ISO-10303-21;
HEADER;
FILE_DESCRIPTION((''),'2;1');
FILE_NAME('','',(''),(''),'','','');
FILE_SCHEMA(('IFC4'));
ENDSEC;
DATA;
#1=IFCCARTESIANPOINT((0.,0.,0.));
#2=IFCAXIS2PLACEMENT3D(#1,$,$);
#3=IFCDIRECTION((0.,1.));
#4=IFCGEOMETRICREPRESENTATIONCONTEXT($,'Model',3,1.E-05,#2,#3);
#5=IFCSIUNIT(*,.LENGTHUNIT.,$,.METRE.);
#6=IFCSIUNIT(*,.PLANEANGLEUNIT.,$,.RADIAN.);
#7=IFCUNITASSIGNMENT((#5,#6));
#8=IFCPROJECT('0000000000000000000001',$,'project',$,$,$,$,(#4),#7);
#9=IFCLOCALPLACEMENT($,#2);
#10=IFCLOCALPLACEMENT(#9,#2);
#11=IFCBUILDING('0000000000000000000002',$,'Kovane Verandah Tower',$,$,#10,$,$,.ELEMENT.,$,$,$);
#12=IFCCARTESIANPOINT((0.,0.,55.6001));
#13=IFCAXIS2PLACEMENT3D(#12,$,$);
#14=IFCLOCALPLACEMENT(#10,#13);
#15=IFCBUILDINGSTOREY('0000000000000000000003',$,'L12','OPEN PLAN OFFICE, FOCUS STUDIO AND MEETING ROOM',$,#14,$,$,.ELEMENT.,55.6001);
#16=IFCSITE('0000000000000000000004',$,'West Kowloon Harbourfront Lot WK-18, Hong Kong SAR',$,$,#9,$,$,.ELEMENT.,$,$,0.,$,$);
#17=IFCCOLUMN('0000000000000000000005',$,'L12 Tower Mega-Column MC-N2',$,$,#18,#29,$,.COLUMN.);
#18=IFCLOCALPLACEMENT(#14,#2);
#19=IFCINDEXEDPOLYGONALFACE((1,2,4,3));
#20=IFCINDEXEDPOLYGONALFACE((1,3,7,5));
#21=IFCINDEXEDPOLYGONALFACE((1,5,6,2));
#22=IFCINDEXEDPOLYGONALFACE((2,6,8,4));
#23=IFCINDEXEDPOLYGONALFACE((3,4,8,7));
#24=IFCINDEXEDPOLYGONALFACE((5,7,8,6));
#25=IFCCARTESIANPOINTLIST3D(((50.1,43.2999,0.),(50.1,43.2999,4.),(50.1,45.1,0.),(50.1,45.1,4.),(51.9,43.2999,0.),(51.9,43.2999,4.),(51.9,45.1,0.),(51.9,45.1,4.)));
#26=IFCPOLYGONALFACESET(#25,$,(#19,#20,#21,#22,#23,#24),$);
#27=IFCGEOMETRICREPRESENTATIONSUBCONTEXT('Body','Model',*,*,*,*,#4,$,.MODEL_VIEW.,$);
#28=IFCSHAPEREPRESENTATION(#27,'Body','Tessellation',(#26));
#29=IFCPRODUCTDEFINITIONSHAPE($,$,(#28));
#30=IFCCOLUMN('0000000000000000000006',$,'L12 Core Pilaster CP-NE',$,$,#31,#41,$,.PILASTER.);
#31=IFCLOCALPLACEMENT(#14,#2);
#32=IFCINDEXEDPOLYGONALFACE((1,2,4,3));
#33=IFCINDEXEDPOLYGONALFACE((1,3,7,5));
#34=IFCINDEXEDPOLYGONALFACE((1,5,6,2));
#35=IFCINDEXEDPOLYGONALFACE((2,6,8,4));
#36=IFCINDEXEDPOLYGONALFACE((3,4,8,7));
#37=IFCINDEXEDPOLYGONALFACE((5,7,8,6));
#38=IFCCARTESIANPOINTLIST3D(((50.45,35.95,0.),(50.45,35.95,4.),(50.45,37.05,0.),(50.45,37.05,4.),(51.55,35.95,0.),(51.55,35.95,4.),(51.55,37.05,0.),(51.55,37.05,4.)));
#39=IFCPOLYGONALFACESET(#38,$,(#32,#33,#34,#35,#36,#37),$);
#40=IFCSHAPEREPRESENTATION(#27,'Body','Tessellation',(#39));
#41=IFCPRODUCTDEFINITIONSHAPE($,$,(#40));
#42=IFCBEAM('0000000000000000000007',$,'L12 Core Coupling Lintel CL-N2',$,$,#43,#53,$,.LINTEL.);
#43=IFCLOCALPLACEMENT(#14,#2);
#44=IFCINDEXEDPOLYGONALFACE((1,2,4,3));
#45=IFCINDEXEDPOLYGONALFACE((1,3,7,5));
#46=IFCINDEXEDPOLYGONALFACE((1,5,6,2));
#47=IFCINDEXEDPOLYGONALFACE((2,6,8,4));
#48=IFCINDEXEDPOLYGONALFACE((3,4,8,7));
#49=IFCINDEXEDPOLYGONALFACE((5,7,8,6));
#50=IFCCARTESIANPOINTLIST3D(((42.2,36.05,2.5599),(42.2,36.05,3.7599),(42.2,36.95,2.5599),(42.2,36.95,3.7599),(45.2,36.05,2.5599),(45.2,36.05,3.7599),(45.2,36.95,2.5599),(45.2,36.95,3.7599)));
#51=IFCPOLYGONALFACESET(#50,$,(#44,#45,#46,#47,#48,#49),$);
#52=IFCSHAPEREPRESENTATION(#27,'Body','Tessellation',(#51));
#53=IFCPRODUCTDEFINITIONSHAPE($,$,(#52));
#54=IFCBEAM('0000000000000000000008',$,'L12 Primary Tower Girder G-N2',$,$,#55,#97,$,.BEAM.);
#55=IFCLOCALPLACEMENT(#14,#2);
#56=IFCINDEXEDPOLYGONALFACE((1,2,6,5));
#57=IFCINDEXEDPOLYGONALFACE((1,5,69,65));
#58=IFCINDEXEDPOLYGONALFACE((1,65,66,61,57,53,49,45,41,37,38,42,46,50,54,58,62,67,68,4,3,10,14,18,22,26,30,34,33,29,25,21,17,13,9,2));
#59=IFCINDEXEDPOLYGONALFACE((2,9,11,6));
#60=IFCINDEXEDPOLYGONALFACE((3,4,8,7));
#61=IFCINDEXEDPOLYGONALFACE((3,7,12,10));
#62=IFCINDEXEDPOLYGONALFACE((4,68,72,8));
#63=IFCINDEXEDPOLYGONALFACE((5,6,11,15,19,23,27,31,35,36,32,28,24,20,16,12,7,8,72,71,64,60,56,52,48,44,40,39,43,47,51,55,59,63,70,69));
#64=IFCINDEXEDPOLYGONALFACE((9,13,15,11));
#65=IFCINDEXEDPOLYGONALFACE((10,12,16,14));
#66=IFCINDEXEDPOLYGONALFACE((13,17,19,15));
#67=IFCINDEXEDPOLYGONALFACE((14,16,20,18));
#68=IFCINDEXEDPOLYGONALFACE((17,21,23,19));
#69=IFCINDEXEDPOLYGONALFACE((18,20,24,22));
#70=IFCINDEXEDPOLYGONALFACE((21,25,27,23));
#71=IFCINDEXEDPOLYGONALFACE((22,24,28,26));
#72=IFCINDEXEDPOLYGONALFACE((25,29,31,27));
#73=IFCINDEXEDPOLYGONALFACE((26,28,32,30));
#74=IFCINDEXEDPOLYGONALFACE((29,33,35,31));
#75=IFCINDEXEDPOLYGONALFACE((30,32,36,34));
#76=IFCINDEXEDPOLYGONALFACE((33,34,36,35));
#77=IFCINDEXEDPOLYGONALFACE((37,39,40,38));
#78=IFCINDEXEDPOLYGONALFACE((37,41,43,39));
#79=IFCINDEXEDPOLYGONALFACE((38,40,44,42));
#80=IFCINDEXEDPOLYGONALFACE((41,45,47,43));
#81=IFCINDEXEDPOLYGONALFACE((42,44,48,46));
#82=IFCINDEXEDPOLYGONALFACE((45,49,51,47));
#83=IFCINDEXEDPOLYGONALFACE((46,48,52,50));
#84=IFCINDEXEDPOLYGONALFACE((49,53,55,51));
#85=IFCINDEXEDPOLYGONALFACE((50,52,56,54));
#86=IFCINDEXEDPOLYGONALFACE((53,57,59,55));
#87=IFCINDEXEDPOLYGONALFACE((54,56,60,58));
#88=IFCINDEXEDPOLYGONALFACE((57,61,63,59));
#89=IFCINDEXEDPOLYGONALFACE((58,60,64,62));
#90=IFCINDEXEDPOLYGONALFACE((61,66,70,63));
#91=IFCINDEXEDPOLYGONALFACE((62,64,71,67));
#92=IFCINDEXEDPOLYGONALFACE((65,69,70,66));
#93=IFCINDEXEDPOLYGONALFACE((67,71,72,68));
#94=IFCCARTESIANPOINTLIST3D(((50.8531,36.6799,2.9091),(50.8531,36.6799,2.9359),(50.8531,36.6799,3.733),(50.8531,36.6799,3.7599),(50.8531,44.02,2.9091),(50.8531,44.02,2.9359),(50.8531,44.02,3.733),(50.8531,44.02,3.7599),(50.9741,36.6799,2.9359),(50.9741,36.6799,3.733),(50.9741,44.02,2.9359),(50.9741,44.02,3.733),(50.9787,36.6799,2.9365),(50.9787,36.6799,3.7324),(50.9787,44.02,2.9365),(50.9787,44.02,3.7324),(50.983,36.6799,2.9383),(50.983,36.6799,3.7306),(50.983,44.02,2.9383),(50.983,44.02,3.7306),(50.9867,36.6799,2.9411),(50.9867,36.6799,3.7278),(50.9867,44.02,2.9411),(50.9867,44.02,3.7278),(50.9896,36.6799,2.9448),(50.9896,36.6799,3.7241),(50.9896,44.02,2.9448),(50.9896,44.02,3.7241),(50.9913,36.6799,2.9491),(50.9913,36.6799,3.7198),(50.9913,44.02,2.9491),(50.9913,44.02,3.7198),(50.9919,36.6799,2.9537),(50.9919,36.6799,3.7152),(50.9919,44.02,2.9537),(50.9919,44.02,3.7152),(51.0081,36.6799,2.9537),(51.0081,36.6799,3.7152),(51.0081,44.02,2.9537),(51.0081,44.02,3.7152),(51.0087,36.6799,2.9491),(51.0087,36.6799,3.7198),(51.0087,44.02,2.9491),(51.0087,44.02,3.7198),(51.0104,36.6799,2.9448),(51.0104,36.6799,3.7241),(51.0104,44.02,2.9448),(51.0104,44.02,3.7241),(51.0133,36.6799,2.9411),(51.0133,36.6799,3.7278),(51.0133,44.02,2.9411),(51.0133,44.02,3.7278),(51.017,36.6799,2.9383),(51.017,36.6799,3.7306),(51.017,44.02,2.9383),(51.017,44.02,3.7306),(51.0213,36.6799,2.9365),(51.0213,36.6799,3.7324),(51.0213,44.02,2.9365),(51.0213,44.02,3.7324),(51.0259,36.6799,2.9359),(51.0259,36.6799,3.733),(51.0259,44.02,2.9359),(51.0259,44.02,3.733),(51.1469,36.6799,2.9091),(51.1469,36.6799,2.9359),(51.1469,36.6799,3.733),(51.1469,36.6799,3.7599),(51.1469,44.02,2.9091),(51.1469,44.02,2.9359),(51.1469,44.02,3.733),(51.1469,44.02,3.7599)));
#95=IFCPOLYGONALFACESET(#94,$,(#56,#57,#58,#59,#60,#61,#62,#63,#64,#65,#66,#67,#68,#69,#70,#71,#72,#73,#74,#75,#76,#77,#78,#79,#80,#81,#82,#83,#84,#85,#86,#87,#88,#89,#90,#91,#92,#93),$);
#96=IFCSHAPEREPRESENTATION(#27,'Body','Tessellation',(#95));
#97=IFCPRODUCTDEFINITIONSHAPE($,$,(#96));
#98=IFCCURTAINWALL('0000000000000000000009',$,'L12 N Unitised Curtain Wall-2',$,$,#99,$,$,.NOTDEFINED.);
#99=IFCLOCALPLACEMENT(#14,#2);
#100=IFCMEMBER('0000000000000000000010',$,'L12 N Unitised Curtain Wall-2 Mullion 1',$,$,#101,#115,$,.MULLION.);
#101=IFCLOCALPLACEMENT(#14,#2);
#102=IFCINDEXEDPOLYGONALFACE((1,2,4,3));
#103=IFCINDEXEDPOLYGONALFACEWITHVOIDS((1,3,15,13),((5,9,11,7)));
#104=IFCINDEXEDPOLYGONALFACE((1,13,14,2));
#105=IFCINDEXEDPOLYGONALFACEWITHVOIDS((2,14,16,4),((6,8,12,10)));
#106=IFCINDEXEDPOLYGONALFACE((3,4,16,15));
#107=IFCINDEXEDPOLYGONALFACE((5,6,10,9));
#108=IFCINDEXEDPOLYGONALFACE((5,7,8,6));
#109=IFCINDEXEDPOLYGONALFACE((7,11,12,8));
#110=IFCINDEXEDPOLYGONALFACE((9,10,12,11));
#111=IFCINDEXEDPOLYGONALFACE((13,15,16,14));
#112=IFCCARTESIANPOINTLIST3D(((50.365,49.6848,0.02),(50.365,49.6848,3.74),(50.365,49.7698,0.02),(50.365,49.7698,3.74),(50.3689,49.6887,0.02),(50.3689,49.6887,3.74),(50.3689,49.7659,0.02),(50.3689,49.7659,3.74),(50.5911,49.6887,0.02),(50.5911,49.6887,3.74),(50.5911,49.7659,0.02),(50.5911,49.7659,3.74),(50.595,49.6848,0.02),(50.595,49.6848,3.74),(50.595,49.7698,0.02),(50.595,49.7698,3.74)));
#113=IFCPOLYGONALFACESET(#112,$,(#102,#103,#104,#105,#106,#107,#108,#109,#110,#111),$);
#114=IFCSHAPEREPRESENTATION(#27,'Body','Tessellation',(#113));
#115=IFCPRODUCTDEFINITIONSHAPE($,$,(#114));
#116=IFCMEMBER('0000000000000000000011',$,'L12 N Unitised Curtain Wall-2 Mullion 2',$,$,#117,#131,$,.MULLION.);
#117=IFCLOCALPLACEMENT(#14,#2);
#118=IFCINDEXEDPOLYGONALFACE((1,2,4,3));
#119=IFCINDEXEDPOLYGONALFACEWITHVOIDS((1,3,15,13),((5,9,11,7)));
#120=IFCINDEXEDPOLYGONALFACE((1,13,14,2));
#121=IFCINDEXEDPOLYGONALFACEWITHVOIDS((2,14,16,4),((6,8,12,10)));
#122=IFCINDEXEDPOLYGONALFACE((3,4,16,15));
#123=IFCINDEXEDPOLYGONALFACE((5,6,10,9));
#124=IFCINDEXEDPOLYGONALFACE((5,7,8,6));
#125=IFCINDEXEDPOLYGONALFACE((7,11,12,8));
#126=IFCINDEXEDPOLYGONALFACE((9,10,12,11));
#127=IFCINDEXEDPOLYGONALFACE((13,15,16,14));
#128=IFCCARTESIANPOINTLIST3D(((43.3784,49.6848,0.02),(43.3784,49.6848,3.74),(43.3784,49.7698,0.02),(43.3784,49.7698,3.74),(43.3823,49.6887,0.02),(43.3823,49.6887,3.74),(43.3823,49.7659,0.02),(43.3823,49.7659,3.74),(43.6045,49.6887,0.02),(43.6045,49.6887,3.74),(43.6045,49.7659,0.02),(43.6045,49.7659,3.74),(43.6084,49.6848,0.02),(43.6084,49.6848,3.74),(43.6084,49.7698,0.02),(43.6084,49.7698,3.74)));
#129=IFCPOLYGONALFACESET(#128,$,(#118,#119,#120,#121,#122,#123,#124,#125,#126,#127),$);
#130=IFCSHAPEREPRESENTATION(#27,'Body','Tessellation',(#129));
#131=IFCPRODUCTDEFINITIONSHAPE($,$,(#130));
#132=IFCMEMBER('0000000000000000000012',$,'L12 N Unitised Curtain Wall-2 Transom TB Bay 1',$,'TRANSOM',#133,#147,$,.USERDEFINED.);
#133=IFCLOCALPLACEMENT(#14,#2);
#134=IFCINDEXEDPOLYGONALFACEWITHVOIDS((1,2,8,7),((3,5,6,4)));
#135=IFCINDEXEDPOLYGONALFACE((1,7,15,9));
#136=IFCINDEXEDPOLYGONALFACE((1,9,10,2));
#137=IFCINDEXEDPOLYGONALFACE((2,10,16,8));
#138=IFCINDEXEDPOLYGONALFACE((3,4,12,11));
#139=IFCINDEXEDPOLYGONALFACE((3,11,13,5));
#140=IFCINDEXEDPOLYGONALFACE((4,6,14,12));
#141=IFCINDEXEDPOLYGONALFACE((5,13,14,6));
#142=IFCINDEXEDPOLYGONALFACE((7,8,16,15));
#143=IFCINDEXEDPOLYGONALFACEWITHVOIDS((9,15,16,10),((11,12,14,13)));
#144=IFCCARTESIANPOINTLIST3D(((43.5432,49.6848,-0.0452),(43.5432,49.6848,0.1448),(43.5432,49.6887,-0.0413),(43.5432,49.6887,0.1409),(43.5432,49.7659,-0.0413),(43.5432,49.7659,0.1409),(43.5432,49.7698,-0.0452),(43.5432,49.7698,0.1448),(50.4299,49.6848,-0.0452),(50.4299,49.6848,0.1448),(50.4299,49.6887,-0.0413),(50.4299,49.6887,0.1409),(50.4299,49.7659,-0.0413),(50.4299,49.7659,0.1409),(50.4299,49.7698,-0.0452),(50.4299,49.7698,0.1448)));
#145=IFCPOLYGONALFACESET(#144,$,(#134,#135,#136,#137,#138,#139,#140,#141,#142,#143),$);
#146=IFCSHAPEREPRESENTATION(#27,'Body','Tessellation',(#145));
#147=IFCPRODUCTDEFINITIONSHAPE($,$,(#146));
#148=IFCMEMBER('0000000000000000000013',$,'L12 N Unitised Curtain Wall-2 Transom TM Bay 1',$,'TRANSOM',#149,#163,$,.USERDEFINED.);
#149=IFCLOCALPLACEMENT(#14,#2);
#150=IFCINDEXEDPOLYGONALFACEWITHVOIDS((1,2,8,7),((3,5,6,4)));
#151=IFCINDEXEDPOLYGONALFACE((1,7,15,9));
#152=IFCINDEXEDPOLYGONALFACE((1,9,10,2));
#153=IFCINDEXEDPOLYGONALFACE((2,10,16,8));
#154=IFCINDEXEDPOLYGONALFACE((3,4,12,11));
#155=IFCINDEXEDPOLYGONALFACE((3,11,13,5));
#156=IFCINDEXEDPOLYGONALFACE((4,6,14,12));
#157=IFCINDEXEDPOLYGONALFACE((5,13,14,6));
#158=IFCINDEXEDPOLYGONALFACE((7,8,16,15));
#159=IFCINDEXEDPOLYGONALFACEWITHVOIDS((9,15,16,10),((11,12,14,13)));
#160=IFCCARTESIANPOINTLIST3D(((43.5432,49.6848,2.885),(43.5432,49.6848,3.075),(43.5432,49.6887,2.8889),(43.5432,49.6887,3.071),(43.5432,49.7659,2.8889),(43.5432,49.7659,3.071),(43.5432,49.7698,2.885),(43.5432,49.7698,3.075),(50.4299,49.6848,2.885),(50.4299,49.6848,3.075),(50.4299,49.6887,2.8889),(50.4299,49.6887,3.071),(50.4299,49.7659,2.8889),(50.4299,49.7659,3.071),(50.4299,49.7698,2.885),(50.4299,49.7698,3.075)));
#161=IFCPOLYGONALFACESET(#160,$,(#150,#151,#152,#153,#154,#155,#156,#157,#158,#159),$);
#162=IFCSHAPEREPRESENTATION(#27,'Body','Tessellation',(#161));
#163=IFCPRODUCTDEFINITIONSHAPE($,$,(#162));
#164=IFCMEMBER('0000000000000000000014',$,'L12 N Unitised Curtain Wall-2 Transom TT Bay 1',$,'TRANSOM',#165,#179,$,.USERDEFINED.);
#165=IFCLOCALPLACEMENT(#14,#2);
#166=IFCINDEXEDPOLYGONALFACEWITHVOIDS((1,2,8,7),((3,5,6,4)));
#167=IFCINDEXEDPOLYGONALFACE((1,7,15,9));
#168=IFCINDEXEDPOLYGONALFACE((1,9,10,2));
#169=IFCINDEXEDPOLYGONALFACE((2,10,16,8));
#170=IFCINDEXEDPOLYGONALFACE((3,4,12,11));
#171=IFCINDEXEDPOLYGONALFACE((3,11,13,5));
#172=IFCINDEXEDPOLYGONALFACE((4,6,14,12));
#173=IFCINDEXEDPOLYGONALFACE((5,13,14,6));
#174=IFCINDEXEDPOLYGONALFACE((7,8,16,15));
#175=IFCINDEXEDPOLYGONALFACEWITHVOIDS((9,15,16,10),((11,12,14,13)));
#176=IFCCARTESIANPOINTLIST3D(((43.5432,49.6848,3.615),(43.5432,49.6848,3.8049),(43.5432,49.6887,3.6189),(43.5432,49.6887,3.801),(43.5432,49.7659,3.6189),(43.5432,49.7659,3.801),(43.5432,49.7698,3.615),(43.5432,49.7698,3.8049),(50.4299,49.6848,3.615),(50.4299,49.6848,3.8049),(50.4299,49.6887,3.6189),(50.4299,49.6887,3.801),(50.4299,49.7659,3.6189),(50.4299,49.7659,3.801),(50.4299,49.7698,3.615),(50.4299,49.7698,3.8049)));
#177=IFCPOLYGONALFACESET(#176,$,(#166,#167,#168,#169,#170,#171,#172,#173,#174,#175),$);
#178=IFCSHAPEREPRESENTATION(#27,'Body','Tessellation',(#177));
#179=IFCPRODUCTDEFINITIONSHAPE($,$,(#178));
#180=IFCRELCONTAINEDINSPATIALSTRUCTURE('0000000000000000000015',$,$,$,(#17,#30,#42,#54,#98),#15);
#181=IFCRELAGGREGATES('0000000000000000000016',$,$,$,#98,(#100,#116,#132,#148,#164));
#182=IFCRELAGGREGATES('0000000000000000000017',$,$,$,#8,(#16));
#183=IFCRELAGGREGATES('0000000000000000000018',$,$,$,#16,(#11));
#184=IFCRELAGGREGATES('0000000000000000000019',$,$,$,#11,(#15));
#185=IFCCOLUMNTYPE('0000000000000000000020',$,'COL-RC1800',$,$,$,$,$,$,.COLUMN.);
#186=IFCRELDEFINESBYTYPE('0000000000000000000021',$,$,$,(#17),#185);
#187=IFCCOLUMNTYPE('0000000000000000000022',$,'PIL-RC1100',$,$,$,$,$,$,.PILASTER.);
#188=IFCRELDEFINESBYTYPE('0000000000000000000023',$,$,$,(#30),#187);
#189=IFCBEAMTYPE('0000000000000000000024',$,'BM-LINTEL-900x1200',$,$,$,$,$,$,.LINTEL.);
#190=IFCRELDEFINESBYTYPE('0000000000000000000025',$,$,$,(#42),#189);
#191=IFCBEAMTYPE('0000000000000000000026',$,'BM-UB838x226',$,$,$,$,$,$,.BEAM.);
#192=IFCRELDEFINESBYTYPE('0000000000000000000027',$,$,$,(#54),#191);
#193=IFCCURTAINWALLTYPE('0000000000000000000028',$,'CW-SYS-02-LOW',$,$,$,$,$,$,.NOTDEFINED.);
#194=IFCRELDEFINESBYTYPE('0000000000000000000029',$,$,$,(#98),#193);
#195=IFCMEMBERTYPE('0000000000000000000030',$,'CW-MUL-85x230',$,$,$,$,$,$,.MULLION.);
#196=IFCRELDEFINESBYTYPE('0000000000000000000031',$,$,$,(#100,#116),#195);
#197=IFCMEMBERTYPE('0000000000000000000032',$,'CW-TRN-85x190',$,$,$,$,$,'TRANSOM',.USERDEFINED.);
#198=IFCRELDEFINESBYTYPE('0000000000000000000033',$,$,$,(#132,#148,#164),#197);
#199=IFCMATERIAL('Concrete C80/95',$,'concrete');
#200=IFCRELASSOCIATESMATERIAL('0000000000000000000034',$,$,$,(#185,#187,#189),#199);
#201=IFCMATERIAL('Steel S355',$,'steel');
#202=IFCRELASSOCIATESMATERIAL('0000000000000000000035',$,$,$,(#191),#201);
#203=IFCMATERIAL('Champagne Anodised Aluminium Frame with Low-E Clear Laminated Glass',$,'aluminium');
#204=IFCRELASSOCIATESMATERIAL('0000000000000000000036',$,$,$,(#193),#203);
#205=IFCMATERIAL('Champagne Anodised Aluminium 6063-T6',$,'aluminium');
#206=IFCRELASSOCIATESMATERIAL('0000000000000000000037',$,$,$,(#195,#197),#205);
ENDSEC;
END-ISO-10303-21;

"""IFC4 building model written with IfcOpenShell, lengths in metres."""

from ifc_helpers import new_model, si_unit, direction, frame, origin, origin_2d, place, context, subcontext, project, spatial, rectangle, hollow_rectangle, i_section, extrude, material, material_profile, profile_set, type_object, element, aggregate, save


model = new_model("IFC4")

# Units and contexts
model_context = context("Model", 3, precision=1e-05, world=origin(), true_north=direction((0.0, 1.0)))
body_context = subcontext(model_context, "Body", "Model", "MODEL_VIEW")
ifc_project = project(units=[si_unit("LENGTHUNIT", "METRE"), si_unit("PLANEANGLEUNIT", "RADIAN")], contexts=[model_context])

# Site, building, storey
site_placement = place(None, origin())
site = spatial("IfcSite", under=ifc_project, at=site_placement, Name="West Kowloon Harbourfront Lot WK-18, Hong Kong SAR", CompositionType="ELEMENT", RefElevation=0.0)
building_placement = place(site_placement, origin())
building = spatial("IfcBuilding", under=site, at=building_placement, Name="Kovane Verandah Tower", CompositionType="ELEMENT")
storey_placement = place(building_placement, frame((0.0, 0.0, 55.6001)))
storey = spatial("IfcBuildingStorey", under=building, at=storey_placement, Name="L12", Description="OPEN PLAN OFFICE, FOCUS STUDIO AND MEETING ROOM", CompositionType="ELEMENT", Elevation=55.6001)

# Columns
ifc_material_1 = material(Name="Concrete C80/95", Category="concrete")
ifc_material_profile_1 = material_profile(ifc_material_1, rectangle(XDim=1.8, YDim=1.8, at=origin_2d()), Name="RC1800x1800")
ifc_profile_set_1 = profile_set([ifc_material_profile_1], Name="Concrete C80/95")
column_type_1 = type_object("IfcColumnType", Name="COL-RC1800", PredefinedType="COLUMN", material=ifc_profile_set_1)
column_1_placement = place(storey_placement, frame((51.0, 44.2, 0.0), z_axis=(0.0, 0.0, 1.0), x_axis=(1.0, 0.0, 0.0)))
element("IfcColumn", 1, at=column_1_placement, inside=storey, type_object=column_type_1, Name="L12 Tower Mega-Column MC-N2", PredefinedType="COLUMN", context=body_context, shape_type="SweptSolid", body=[
    extrude(rectangle(XDim=1.8, YDim=1.8, at=origin_2d()), origin(), (0.0, 0.0, 1.0), 4.0),
])
ifc_material_profile_2 = material_profile(ifc_material_1, rectangle(XDim=1.1001, YDim=1.1001, at=origin_2d()), Name="RC1100x1100")
ifc_profile_set_2 = profile_set([ifc_material_profile_2], Name="Concrete C80/95")
column_type_2 = type_object("IfcColumnType", Name="PIL-RC1100", PredefinedType="PILASTER", material=ifc_profile_set_2)
column_2_placement = place(storey_placement, frame((51.0, 36.5, 0.0), z_axis=(0.0, 0.0, 1.0), x_axis=(1.0, 0.0, 0.0)))
element("IfcColumn", 2, at=column_2_placement, inside=storey, type_object=column_type_2, Name="L12 Core Pilaster CP-NE", PredefinedType="PILASTER", context=body_context, shape_type="SweptSolid", body=[
    extrude(rectangle(XDim=1.1001, YDim=1.1001, at=origin_2d()), origin(), (0.0, 0.0, 1.0), 4.0),
])

# Beams
ifc_material_profile_3 = material_profile(ifc_material_1, rectangle(XDim=0.8999, YDim=1.2, at=origin_2d()), Name="RCB900x1200")
ifc_profile_set_3 = profile_set([ifc_material_profile_3], Name="Concrete C80/95")
beam_type_1 = type_object("IfcBeamType", Name="BM-LINTEL-900x1200", PredefinedType="LINTEL", material=ifc_profile_set_3)
beam_1_placement = place(storey_placement, frame((42.2, 36.5, 3.1599), z_axis=(1.0, 0.0, 0.0), x_axis=(0.0, 1.0, 0.0)))
element("IfcBeam", 3, at=beam_1_placement, inside=storey, type_object=beam_type_1, Name="L12 Core Coupling Lintel CL-N2", PredefinedType="LINTEL", context=body_context, shape_type="SweptSolid", body=[
    extrude(rectangle(XDim=0.8999, YDim=1.2, at=origin_2d()), origin(), (0.0, 0.0, 1.0), 3.0),
])
ifc_material_2 = material(Name="Steel S355", Category="steel")
ifc_material_profile_4 = material_profile(ifc_material_2, i_section(OverallWidth=0.2937, OverallDepth=0.8508, WebThickness=0.0161, FlangeThickness=0.0269, FilletRadius=0.0178, at=origin_2d()), Name="UB838x292x226")
ifc_profile_set_4 = profile_set([ifc_material_profile_4], Name="Steel S355")
beam_type_2 = type_object("IfcBeamType", Name="BM-UB838x226", PredefinedType="BEAM", material=ifc_profile_set_4)
beam_2_placement = place(storey_placement, frame((51.0, 36.6799, 3.3345), z_axis=(0.0, 1.0, 0.0), x_axis=(-1.0, 0.0, 0.0)))
element("IfcBeam", 4, at=beam_2_placement, inside=storey, type_object=beam_type_2, Name="L12 Primary Tower Girder G-N2", PredefinedType="BEAM", context=body_context, shape_type="SweptSolid", body=[
    extrude(i_section(OverallWidth=0.2937, OverallDepth=0.8508, WebThickness=0.0161, FlangeThickness=0.0269, FilletRadius=0.0178, at=origin_2d()), origin(), (0.0, 0.0, 1.0), 7.3401),
])

# Curtain wall, members
ifc_material_3 = material(Name="Champagne Anodised Aluminium Frame with Low-E Clear Laminated Glass", Category="aluminium")
curtain_wall_type = type_object("IfcCurtainWallType", Name="CW-SYS-02-LOW", PredefinedType="NOTDEFINED", material=ifc_material_3)
curtain_wall_placement = place(storey_placement, origin())
curtain_wall = element("IfcCurtainWall", 5, at=curtain_wall_placement, inside=storey, type_object=curtain_wall_type, Name="L12 N Unitised Curtain Wall-2", PredefinedType="NOTDEFINED")
ifc_material_4 = material(Name="Champagne Anodised Aluminium 6063-T6", Category="aluminium")
ifc_material_profile_5 = material_profile(ifc_material_4, hollow_rectangle(XDim=0.085, YDim=0.23, WallThickness=0.0039, at=origin_2d()), Name="AL85x230x4")
ifc_profile_set_5 = profile_set([ifc_material_profile_5], Name="Champagne Anodised Aluminium 6063-T6")
member_type_1 = type_object("IfcMemberType", Name="CW-MUL-85x230", PredefinedType="MULLION", material=ifc_profile_set_5)
member_1_placement = place(storey_placement, frame((50.48, 49.7273, 0.02), z_axis=(0.0, 0.0, 1.0), x_axis=(0.0, 1.0, 0.0)))
member_1 = element("IfcMember", 6, at=member_1_placement, type_object=member_type_1, Name="L12 N Unitised Curtain Wall-2 Mullion 1", PredefinedType="MULLION", context=body_context, shape_type="SweptSolid", body=[
    extrude(hollow_rectangle(XDim=0.085, YDim=0.23, WallThickness=0.0039, at=origin_2d()), origin(), (0.0, 0.0, 1.0), 3.72),
])
member_2_placement = place(storey_placement, frame((43.4934, 49.7273, 0.02), z_axis=(0.0, 0.0, 1.0), x_axis=(0.0, 1.0, 0.0)))
member_2 = element("IfcMember", 7, at=member_2_placement, type_object=member_type_1, Name="L12 N Unitised Curtain Wall-2 Mullion 2", PredefinedType="MULLION", context=body_context, shape_type="SweptSolid", body=[
    extrude(hollow_rectangle(XDim=0.085, YDim=0.23, WallThickness=0.0039, at=origin_2d()), origin(), (0.0, 0.0, 1.0), 3.72),
])
ifc_material_profile_6 = material_profile(ifc_material_4, hollow_rectangle(XDim=0.085, YDim=0.1899, WallThickness=0.0039, at=origin_2d()), Name="AL85x190x4")
ifc_profile_set_6 = profile_set([ifc_material_profile_6], Name="Champagne Anodised Aluminium 6063-T6")
member_type_2 = type_object("IfcMemberType", Name="CW-TRN-85x190", ElementType="TRANSOM", PredefinedType="USERDEFINED", material=ifc_profile_set_6)
member_3_placement = place(storey_placement, frame((50.4299, 49.7273, 0.0498), z_axis=(-1.0, 0.0, 0.0), x_axis=(0.0, -1.0, 0.0)))
member_3 = element("IfcMember", 8, at=member_3_placement, type_object=member_type_2, Name="L12 N Unitised Curtain Wall-2 Transom TB Bay 1", ObjectType="TRANSOM", PredefinedType="USERDEFINED", context=body_context, shape_type="SweptSolid", body=[
    extrude(hollow_rectangle(XDim=0.085, YDim=0.1899, WallThickness=0.0039, at=origin_2d()), origin(), (0.0, 0.0, 1.0), 6.8867),
])
member_4_placement = place(storey_placement, frame((50.4299, 49.7273, 2.98), z_axis=(-1.0, 0.0, 0.0), x_axis=(0.0, -1.0, 0.0)))
member_4 = element("IfcMember", 9, at=member_4_placement, type_object=member_type_2, Name="L12 N Unitised Curtain Wall-2 Transom TM Bay 1", ObjectType="TRANSOM", PredefinedType="USERDEFINED", context=body_context, shape_type="SweptSolid", body=[
    extrude(hollow_rectangle(XDim=0.085, YDim=0.1899, WallThickness=0.0039, at=origin_2d()), origin(), (0.0, 0.0, 1.0), 6.8867),
])
member_5_placement = place(storey_placement, frame((50.4299, 49.7273, 3.71), z_axis=(-1.0, 0.0, 0.0), x_axis=(0.0, -1.0, 0.0)))
member_5 = element("IfcMember", 10, at=member_5_placement, type_object=member_type_2, Name="L12 N Unitised Curtain Wall-2 Transom TT Bay 1", ObjectType="TRANSOM", PredefinedType="USERDEFINED", context=body_context, shape_type="SweptSolid", body=[
    extrude(hollow_rectangle(XDim=0.085, YDim=0.1899, WallThickness=0.0039, at=origin_2d()), origin(), (0.0, 0.0, 1.0), 6.8867),
])
aggregate(curtain_wall, [member_1, member_2, member_3, member_4, member_5])

save(model, "model.ifc")
